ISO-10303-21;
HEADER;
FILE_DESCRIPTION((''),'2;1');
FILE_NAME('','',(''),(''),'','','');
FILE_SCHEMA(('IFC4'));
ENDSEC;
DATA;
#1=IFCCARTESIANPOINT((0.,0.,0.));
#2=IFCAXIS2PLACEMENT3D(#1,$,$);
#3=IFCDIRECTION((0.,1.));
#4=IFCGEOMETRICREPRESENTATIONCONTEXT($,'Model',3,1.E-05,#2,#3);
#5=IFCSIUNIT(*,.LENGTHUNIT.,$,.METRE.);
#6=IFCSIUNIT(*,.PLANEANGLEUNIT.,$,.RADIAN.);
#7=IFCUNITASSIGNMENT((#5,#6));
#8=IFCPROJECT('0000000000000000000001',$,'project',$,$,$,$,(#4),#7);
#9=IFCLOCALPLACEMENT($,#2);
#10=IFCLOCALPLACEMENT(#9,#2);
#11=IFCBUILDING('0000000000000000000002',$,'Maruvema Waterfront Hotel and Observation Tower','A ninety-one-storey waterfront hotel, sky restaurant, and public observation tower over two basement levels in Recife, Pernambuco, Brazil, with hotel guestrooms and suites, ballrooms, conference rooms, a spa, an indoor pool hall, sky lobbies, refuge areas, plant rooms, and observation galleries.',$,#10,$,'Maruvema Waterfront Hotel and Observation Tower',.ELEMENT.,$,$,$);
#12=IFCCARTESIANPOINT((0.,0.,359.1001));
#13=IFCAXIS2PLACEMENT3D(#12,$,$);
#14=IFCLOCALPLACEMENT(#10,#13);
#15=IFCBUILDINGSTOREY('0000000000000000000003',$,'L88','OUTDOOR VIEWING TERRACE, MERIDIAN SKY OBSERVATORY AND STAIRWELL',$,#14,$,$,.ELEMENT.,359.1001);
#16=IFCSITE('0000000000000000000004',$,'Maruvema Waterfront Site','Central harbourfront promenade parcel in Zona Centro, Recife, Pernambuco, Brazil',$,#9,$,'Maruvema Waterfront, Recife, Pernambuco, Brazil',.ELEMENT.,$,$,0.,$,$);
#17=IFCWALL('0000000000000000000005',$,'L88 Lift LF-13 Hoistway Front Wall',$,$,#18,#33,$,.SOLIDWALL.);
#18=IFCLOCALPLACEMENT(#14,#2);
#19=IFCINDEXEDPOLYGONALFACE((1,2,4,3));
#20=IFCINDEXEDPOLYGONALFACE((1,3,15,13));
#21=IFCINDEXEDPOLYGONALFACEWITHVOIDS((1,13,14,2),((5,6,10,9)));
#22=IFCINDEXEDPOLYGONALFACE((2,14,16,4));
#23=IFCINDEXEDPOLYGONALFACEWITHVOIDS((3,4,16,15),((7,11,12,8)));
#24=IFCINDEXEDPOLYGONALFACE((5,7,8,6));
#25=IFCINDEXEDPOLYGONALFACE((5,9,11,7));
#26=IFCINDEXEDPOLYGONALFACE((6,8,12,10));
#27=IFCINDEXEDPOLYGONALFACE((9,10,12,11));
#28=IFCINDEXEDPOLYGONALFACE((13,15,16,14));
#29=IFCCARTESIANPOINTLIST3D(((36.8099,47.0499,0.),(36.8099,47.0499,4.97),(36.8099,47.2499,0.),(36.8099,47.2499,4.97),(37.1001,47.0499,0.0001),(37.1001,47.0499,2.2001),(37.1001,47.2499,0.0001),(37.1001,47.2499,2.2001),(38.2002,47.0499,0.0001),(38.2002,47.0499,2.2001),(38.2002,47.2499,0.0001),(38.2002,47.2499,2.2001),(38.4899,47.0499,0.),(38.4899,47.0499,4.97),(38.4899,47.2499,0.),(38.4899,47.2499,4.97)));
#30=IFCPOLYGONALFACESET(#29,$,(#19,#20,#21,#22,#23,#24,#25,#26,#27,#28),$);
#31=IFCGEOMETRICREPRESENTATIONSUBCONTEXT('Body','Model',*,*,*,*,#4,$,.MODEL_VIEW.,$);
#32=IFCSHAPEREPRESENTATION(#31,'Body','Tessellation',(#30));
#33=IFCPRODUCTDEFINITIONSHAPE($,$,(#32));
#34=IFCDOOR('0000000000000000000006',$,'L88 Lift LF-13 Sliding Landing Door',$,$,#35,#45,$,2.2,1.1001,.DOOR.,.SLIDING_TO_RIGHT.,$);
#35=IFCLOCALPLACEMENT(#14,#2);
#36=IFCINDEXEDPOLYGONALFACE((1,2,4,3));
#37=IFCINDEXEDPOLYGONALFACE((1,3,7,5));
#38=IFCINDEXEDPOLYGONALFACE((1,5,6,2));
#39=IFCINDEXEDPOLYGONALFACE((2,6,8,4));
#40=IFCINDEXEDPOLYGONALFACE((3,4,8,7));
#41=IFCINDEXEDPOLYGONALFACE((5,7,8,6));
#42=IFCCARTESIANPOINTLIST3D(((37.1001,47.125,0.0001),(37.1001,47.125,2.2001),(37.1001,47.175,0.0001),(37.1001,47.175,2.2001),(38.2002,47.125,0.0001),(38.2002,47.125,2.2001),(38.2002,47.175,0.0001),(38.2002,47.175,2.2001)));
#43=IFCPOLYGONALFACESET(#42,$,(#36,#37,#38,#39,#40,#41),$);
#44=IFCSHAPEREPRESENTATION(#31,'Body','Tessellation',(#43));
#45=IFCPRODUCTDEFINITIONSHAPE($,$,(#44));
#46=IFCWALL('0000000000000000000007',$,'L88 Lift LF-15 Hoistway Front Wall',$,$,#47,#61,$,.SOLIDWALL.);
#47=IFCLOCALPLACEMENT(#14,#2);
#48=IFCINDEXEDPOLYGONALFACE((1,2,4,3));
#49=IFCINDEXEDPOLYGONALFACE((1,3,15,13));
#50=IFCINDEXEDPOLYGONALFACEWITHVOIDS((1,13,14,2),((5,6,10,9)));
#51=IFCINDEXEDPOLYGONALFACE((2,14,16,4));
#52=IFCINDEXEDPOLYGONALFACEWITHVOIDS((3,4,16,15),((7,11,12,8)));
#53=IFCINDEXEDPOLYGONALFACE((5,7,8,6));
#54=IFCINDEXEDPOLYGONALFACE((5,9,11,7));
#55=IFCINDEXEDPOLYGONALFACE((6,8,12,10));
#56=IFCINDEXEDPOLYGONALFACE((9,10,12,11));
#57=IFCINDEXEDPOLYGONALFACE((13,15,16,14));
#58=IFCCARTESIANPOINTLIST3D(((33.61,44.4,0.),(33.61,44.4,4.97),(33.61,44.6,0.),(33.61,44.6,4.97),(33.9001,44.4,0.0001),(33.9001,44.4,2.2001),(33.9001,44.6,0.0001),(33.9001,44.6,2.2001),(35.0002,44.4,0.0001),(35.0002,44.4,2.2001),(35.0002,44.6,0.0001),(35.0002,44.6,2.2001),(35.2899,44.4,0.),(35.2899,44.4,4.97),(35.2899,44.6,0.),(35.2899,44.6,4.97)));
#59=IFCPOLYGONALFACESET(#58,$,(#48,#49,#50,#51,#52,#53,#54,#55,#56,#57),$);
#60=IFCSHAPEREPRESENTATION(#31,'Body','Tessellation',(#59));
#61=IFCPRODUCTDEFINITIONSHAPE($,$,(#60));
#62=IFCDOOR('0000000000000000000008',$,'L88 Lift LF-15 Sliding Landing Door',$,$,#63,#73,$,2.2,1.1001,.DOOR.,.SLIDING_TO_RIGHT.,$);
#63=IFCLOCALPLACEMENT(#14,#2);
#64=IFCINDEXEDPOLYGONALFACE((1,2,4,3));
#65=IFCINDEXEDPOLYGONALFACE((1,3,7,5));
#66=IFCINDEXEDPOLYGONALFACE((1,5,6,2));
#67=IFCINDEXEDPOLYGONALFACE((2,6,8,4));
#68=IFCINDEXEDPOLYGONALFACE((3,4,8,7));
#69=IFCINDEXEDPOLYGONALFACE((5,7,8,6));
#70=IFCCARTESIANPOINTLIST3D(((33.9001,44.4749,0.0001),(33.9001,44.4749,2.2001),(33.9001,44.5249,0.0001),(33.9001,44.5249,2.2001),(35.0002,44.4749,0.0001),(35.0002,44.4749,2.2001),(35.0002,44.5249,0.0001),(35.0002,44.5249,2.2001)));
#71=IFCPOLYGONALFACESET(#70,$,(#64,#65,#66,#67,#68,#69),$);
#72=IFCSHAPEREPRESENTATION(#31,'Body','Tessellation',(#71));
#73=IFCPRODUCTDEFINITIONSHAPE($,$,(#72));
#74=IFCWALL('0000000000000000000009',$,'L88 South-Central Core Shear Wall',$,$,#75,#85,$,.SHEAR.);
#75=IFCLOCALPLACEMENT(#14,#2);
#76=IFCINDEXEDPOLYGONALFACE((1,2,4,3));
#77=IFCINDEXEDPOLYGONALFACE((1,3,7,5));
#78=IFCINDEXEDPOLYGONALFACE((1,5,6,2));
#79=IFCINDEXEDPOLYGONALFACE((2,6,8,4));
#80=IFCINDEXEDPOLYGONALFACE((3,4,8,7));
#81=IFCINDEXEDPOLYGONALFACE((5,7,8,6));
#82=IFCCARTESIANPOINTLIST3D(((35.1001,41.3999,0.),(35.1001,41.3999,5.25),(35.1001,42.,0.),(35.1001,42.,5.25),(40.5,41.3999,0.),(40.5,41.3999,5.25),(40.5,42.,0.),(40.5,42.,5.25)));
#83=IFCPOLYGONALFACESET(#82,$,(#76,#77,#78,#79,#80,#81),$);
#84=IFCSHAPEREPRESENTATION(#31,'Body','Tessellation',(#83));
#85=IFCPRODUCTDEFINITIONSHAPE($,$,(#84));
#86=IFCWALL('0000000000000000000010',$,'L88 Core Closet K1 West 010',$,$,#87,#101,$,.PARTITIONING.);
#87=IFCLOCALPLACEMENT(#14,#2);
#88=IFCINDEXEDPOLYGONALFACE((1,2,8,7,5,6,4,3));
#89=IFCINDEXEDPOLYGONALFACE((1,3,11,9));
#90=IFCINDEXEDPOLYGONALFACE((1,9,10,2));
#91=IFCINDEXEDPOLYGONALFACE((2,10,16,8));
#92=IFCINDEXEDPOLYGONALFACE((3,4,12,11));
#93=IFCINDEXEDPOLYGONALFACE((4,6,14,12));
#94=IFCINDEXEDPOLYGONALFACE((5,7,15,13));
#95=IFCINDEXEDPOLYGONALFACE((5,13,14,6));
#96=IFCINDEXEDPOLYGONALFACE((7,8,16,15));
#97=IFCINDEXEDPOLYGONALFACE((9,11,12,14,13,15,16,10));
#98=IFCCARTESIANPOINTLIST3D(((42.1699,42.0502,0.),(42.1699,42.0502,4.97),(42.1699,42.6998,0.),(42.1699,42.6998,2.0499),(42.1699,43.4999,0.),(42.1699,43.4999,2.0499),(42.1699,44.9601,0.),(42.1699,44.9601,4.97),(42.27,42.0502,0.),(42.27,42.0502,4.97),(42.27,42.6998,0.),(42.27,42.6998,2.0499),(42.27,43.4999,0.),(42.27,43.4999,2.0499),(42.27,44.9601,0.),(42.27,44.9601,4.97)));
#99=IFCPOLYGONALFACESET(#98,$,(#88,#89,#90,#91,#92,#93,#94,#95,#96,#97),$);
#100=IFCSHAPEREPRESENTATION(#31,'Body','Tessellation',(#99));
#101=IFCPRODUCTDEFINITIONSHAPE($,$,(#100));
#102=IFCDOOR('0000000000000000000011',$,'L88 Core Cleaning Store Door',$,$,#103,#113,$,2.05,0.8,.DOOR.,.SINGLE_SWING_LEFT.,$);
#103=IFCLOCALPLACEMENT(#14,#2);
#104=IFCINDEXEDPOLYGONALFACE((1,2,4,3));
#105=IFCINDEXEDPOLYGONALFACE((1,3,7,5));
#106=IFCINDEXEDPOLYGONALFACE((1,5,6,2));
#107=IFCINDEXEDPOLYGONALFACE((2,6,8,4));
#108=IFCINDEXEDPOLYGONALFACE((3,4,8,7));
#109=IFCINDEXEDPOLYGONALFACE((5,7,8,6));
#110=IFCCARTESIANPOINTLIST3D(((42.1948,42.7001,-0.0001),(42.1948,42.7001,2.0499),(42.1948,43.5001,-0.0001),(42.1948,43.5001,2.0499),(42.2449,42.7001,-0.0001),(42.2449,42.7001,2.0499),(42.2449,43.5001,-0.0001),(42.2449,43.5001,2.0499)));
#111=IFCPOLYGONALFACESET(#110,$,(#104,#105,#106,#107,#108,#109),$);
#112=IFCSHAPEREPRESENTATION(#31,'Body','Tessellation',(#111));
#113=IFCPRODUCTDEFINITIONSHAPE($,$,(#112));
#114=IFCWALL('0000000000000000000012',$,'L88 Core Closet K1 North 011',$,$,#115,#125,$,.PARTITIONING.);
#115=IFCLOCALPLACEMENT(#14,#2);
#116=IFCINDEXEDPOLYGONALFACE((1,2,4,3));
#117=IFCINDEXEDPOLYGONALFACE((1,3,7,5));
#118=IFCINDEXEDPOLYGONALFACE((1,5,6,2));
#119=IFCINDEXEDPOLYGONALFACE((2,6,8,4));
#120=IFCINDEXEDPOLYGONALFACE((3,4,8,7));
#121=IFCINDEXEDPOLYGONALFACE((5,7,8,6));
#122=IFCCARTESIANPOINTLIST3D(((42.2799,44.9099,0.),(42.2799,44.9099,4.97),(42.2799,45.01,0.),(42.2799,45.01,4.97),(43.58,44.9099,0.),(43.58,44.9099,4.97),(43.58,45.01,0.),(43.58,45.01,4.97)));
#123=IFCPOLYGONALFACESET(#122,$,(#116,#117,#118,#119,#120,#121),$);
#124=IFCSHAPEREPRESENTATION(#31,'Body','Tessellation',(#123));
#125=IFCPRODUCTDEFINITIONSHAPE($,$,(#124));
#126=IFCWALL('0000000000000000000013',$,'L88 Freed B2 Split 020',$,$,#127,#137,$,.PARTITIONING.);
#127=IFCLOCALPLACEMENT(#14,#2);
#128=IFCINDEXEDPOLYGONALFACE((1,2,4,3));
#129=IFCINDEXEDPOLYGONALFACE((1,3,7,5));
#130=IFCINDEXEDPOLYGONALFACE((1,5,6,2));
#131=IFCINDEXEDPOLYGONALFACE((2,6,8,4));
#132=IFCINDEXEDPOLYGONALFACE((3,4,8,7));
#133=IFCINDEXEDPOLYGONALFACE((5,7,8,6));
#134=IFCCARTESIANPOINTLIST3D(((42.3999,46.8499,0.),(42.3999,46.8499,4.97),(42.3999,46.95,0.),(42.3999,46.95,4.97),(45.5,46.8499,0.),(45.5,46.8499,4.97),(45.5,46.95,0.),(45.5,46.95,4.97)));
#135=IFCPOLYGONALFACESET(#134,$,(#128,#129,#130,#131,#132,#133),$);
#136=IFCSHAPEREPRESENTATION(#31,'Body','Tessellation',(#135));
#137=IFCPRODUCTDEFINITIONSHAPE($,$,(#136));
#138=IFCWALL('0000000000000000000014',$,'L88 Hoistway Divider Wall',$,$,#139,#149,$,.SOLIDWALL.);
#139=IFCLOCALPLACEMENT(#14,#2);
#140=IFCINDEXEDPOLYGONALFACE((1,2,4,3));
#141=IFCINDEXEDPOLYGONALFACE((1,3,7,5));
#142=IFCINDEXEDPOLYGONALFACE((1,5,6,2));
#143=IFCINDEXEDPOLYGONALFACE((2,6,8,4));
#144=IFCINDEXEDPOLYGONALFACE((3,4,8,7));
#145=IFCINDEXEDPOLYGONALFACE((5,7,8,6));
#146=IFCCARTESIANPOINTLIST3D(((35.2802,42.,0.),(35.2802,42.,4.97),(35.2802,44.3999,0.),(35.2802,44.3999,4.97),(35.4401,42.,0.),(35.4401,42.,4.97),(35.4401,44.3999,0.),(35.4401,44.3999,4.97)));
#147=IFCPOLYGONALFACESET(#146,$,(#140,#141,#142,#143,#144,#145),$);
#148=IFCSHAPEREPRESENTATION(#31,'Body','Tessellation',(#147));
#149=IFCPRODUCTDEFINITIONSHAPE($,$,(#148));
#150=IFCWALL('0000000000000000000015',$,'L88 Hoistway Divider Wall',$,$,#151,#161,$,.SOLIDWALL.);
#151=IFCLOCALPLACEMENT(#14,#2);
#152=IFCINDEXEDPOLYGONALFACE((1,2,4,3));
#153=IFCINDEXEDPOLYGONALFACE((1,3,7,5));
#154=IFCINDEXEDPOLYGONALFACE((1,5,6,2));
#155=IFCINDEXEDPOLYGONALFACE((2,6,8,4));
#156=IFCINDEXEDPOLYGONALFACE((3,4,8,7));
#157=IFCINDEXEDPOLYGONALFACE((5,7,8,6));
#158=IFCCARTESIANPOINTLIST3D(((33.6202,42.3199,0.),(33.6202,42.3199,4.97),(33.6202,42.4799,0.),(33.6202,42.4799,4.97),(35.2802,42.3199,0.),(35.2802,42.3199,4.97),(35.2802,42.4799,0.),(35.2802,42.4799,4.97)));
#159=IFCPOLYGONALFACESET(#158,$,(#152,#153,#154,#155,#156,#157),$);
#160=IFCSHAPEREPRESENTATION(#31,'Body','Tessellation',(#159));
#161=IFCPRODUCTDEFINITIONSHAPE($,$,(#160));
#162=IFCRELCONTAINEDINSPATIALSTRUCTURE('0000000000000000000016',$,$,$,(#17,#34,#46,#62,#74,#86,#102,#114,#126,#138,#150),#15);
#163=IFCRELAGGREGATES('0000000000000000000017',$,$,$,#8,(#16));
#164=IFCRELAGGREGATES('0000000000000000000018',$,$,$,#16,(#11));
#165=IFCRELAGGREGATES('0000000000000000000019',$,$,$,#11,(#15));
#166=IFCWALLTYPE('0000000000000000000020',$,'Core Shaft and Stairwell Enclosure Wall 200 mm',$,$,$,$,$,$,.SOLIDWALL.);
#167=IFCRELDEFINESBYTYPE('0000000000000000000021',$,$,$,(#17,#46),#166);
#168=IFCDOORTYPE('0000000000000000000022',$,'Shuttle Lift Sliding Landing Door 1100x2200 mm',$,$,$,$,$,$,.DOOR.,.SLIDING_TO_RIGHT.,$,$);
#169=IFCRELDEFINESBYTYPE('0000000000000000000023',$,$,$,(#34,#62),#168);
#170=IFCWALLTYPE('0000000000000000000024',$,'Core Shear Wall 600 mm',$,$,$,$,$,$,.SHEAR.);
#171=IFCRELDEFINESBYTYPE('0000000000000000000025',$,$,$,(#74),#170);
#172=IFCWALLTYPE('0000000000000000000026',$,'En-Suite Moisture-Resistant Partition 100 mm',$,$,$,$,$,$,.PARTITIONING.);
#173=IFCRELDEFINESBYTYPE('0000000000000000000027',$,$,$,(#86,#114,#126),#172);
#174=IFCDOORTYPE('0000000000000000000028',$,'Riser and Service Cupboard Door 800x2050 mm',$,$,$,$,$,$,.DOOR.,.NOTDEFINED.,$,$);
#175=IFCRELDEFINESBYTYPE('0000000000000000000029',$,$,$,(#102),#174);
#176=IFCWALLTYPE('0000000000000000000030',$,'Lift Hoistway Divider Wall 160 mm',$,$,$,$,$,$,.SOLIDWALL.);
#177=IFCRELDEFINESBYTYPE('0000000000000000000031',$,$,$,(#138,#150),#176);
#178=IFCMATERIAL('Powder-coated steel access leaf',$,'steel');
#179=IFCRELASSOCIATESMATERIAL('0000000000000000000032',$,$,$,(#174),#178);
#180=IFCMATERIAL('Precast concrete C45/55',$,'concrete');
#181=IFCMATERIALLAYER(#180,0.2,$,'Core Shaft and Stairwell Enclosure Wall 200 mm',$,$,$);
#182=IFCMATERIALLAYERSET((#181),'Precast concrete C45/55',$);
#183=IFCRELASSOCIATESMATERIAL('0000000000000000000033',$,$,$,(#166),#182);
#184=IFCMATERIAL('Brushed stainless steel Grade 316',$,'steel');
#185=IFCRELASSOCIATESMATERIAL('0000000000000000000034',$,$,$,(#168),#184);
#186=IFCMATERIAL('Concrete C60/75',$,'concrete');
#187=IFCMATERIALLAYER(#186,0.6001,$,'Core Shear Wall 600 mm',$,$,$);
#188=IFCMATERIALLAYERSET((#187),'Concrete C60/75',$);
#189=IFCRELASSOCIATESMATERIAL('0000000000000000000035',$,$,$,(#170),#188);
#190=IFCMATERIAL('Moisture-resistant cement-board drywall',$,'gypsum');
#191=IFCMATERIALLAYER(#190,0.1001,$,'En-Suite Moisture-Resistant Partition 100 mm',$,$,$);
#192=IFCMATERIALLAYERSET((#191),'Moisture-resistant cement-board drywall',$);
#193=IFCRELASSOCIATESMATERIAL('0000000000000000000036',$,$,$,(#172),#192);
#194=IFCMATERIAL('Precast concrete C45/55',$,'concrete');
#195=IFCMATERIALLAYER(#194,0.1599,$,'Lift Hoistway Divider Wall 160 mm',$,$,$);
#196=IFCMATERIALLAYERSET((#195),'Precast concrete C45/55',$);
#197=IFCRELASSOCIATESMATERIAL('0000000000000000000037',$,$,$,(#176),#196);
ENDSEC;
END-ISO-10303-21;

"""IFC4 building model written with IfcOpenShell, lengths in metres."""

from ifc_helpers import new_model, si_unit, direction, frame, frame_2d, origin, place, context, subcontext, project, spatial, rectangle, extrude, material, layer, layer_set, type_object, element, fill, save


model = new_model("IFC4")

# Units and contexts
model_context = context("Model", 3, precision=1e-05, world=origin(), true_north=direction((0.0, 1.0)))
body_context = subcontext(model_context, "Body", "Model", "MODEL_VIEW")
ifc_project = project(units=[si_unit("LENGTHUNIT", "METRE"), si_unit("PLANEANGLEUNIT", "RADIAN")], contexts=[model_context])

# Site, building, storey
site_placement = place(None, origin())
site = spatial("IfcSite", under=ifc_project, at=site_placement, Name="Maruvema Waterfront Site", Description="Central harbourfront promenade parcel in Zona Centro, Recife, Pernambuco, Brazil", LongName="Maruvema Waterfront, Recife, Pernambuco, Brazil", CompositionType="ELEMENT", RefElevation=0.0)
building_placement = place(site_placement, origin())
building = spatial("IfcBuilding", under=site, at=building_placement, Name="Maruvema Waterfront Hotel and Observation Tower", Description="A ninety-one-storey waterfront hotel, sky restaurant, and public observation tower over two basement levels in Recife, Pernambuco, Brazil, with hotel guestrooms and suites, ballrooms, conference rooms, a spa, an indoor pool hall, sky lobbies, refuge areas, plant rooms, and observation galleries.", LongName="Maruvema Waterfront Hotel and Observation Tower", CompositionType="ELEMENT")
storey_placement = place(building_placement, frame((0.0, 0.0, 359.1001)))
storey = spatial("IfcBuildingStorey", under=building, at=storey_placement, Name="L88", Description="OUTDOOR VIEWING TERRACE, MERIDIAN SKY OBSERVATORY AND STAIRWELL", CompositionType="ELEMENT", Elevation=359.1001)

# Shared definitions
ifc_material_1 = material(Name="Powder-coated steel access leaf", Category="steel")
door_type_1 = type_object("IfcDoorType", Name="Riser and Service Cupboard Door 800x2050 mm", OperationType="NOTDEFINED", PredefinedType="DOOR", material=ifc_material_1)

# Walls, openings, doors
ifc_material_2 = material(Name="Precast concrete C45/55", Category="concrete")
ifc_layer_1 = layer(ifc_material_2, 0.2, Name="Core Shaft and Stairwell Enclosure Wall 200 mm")
ifc_layer_set_1 = layer_set([ifc_layer_1], Name="Precast concrete C45/55")
wall_type_1 = type_object("IfcWallType", Name="Core Shaft and Stairwell Enclosure Wall 200 mm", PredefinedType="SOLIDWALL", material=ifc_layer_set_1)
ifc_material_3 = material(Name="Brushed stainless steel Grade 316", Category="steel")
door_type_2 = type_object("IfcDoorType", Name="Shuttle Lift Sliding Landing Door 1100x2200 mm", OperationType="SLIDING_TO_RIGHT", PredefinedType="DOOR", material=ifc_material_3)
wall_1_placement = place(storey_placement, frame((36.8101, 47.1499, 0.0), z_axis=(0.0, 0.0, 1.0), x_axis=(1.0, 0.0, 0.0)))
wall_1 = element("IfcWall", 1, at=wall_1_placement, inside=storey, type_object=wall_type_1, Name="L88 Lift LF-13 Hoistway Front Wall", PredefinedType="SOLIDWALL", context=body_context, shape_type="SweptSolid", body=[
    extrude(rectangle(XDim=1.6799, YDim=0.2, at=frame_2d((0.8398, 0.0))), origin(), (0.0, 0.0, 1.0), 4.97),
])
opening_1_placement = place(wall_1_placement, frame((0.29, 0.0, 0.0)))
opening_1 = element("IfcOpeningElement", 2, at=opening_1_placement, cuts=wall_1, PredefinedType="OPENING", context=body_context, shape_type="SweptSolid", body=[
    extrude(rectangle(XDim=1.1001, YDim=2.2, at=frame_2d((0.55, 1.1001))), frame((0.0, 0.1099, 0.0), z_axis=(0.0, -1.0, 0.0), x_axis=(1.0, 0.0, 0.0)), (0.0, 0.0, 1.0), 0.22),
])
door_1_placement = place(opening_1_placement, frame((1.1001, 0.0, 0.0), z_axis=(0.0, 0.0, 1.0), x_axis=(-1.0, 0.0, 0.0)))
door_1 = element("IfcDoor", 3, at=door_1_placement, inside=storey, type_object=door_type_2, Name="L88 Lift LF-13 Sliding Landing Door", OperationType="SLIDING_TO_RIGHT", OverallHeight=2.2, OverallWidth=1.1001, PredefinedType="DOOR", context=body_context, shape_type="SweptSolid", body=[
    extrude(rectangle(XDim=1.1001, YDim=2.2, at=frame_2d((0.55, 1.1001))), frame((0.0, 0.0249, 0.0), z_axis=(0.0, -1.0, 0.0), x_axis=(1.0, 0.0, 0.0)), (0.0, 0.0, 1.0), 0.05),
])
fill(opening_1, door_1)
wall_2_placement = place(storey_placement, frame((33.6101, 44.5, 0.0), z_axis=(0.0, 0.0, 1.0), x_axis=(1.0, 0.0, 0.0)))
wall_2 = element("IfcWall", 4, at=wall_2_placement, inside=storey, type_object=wall_type_1, Name="L88 Lift LF-15 Hoistway Front Wall", PredefinedType="SOLIDWALL", context=body_context, shape_type="SweptSolid", body=[
    extrude(rectangle(XDim=1.6799, YDim=0.2, at=frame_2d((0.8398, 0.0))), origin(), (0.0, 0.0, 1.0), 4.97),
])
opening_2_placement = place(wall_2_placement, frame((0.29, 0.0, 0.0)))
opening_2 = element("IfcOpeningElement", 5, at=opening_2_placement, cuts=wall_2, PredefinedType="OPENING", context=body_context, shape_type="SweptSolid", body=[
    extrude(rectangle(XDim=1.1001, YDim=2.2, at=frame_2d((0.55, 1.1001))), frame((0.0, 0.1099, 0.0), z_axis=(0.0, -1.0, 0.0), x_axis=(1.0, 0.0, 0.0)), (0.0, 0.0, 1.0), 0.22),
])
door_2_placement = place(opening_2_placement, origin())
door_2 = element("IfcDoor", 6, at=door_2_placement, inside=storey, type_object=door_type_2, Name="L88 Lift LF-15 Sliding Landing Door", OperationType="SLIDING_TO_RIGHT", OverallHeight=2.2, OverallWidth=1.1001, PredefinedType="DOOR", context=body_context, shape_type="SweptSolid", body=[
    extrude(rectangle(XDim=1.1001, YDim=2.2, at=frame_2d((0.55, 1.1001))), frame((0.0, 0.0249, 0.0), z_axis=(0.0, -1.0, 0.0), x_axis=(1.0, 0.0, 0.0)), (0.0, 0.0, 1.0), 0.05),
])
fill(opening_2, door_2)

# Wall
ifc_material_4 = material(Name="Concrete C60/75", Category="concrete")
ifc_layer_2 = layer(ifc_material_4, 0.6001, Name="Core Shear Wall 600 mm")
ifc_layer_set_2 = layer_set([ifc_layer_2], Name="Concrete C60/75")
wall_type_2 = type_object("IfcWallType", Name="Core Shear Wall 600 mm", PredefinedType="SHEAR", material=ifc_layer_set_2)
wall_3_placement = place(storey_placement, frame((35.1001, 41.7, 0.0), z_axis=(0.0, 0.0, 1.0), x_axis=(1.0, 0.0, 0.0)))
element("IfcWall", 7, at=wall_3_placement, inside=storey, type_object=wall_type_2, Name="L88 South-Central Core Shear Wall", PredefinedType="SHEAR", context=body_context, shape_type="SweptSolid", body=[
    extrude(rectangle(XDim=5.3999, YDim=0.6001, at=frame_2d((2.7, 0.0))), origin(), (0.0, 0.0, 1.0), 5.25),
])

# Wall, opening, door
ifc_material_5 = material(Name="Moisture-resistant cement-board drywall", Category="gypsum")
ifc_layer_3 = layer(ifc_material_5, 0.1001, Name="En-Suite Moisture-Resistant Partition 100 mm")
ifc_layer_set_3 = layer_set([ifc_layer_3], Name="Moisture-resistant cement-board drywall")
wall_type_3 = type_object("IfcWallType", Name="En-Suite Moisture-Resistant Partition 100 mm", PredefinedType="PARTITIONING", material=ifc_layer_set_3)
wall_4_placement = place(storey_placement, frame((42.22, 42.05, 0.0), z_axis=(0.0, 0.0, 1.0), x_axis=(0.0, 1.0, 0.0)))
wall_4 = element("IfcWall", 8, at=wall_4_placement, inside=storey, type_object=wall_type_3, Name="L88 Core Closet K1 West 010", PredefinedType="PARTITIONING", context=body_context, shape_type="SweptSolid", body=[
    extrude(rectangle(XDim=2.9099, YDim=0.1001, at=frame_2d((1.4551, 0.0))), origin(), (0.0, 0.0, 1.0), 4.97),
])
opening_3_placement = place(wall_4_placement, frame((0.6499, 0.0, 0.0)))
opening_3 = element("IfcOpeningElement", 9, at=opening_3_placement, cuts=wall_4, PredefinedType="OPENING", context=body_context, shape_type="SweptSolid", body=[
    extrude(rectangle(XDim=0.8, YDim=2.05, at=frame_2d((0.3999, 1.0249))), frame((0.0, 0.0601, 0.0), z_axis=(0.0, -1.0, 0.0), x_axis=(1.0, 0.0, 0.0)), (0.0, 0.0, 1.0), 0.1201),
])
door_3_placement = place(opening_3_placement, frame((0.8, 0.0, 0.0), z_axis=(0.0, 0.0, 1.0), x_axis=(-1.0, 0.0, 0.0)))
door_3 = element("IfcDoor", 10, at=door_3_placement, inside=storey, type_object=door_type_1, Name="L88 Core Cleaning Store Door", OperationType="SINGLE_SWING_LEFT", OverallHeight=2.05, OverallWidth=0.8, PredefinedType="DOOR", context=body_context, shape_type="SweptSolid", body=[
    extrude(rectangle(XDim=0.8, YDim=2.05, at=frame_2d((0.3999, 1.0249))), frame((0.0, 0.0249, 0.0), z_axis=(0.0, -1.0, 0.0), x_axis=(1.0, 0.0, 0.0)), (0.0, 0.0, 1.0), 0.05),
])
fill(opening_3, door_3)

# Walls
wall_5_placement = place(storey_placement, frame((42.28, 44.96, 0.0), z_axis=(0.0, 0.0, 1.0), x_axis=(1.0, 0.0, 0.0)))
element("IfcWall", 11, at=wall_5_placement, inside=storey, type_object=wall_type_3, Name="L88 Core Closet K1 North 011", PredefinedType="PARTITIONING", context=body_context, shape_type="SweptSolid", body=[
    extrude(rectangle(XDim=1.3, YDim=0.1001, at=frame_2d((0.6499, 0.0))), origin(), (0.0, 0.0, 1.0), 4.97),
])
wall_6_placement = place(storey_placement, frame((42.3999, 46.8999, 0.0), z_axis=(0.0, 0.0, 1.0), x_axis=(1.0, 0.0, 0.0)))
element("IfcWall", 12, at=wall_6_placement, inside=storey, type_object=wall_type_3, Name="L88 Freed B2 Split 020", PredefinedType="PARTITIONING", context=body_context, shape_type="SweptSolid", body=[
    extrude(rectangle(XDim=3.1001, YDim=0.1001, at=frame_2d((1.55, 0.0))), origin(), (0.0, 0.0, 1.0), 4.97),
])
ifc_material_6 = material(Name="Precast concrete C45/55", Category="concrete")
ifc_layer_4 = layer(ifc_material_6, 0.1599, Name="Lift Hoistway Divider Wall 160 mm")
ifc_layer_set_4 = layer_set([ifc_layer_4], Name="Precast concrete C45/55")
wall_type_4 = type_object("IfcWallType", Name="Lift Hoistway Divider Wall 160 mm", PredefinedType="SOLIDWALL", material=ifc_layer_set_4)
wall_7_placement = place(storey_placement, frame((35.3601, 42.0, 0.0), z_axis=(0.0, 0.0, 1.0), x_axis=(0.0, 1.0, 0.0)))
element("IfcWall", 13, at=wall_7_placement, inside=storey, type_object=wall_type_4, Name="L88 Hoistway Divider Wall", PredefinedType="SOLIDWALL", context=body_context, shape_type="SweptSolid", body=[
    extrude(rectangle(XDim=2.3999, YDim=0.1599, at=frame_2d((1.2, 0.0))), origin(), (0.0, 0.0, 1.0), 4.97),
])
wall_8_placement = place(storey_placement, frame((33.6201, 42.3999, 0.0), z_axis=(0.0, 0.0, 1.0), x_axis=(1.0, 0.0, 0.0)))
element("IfcWall", 14, at=wall_8_placement, inside=storey, type_object=wall_type_4, Name="L88 Hoistway Divider Wall", PredefinedType="SOLIDWALL", context=body_context, shape_type="SweptSolid", body=[
    extrude(rectangle(XDim=1.6599, YDim=0.1599, at=frame_2d((0.8301, 0.0))), origin(), (0.0, 0.0, 1.0), 4.97),
])

save(model, "model.ifc")
